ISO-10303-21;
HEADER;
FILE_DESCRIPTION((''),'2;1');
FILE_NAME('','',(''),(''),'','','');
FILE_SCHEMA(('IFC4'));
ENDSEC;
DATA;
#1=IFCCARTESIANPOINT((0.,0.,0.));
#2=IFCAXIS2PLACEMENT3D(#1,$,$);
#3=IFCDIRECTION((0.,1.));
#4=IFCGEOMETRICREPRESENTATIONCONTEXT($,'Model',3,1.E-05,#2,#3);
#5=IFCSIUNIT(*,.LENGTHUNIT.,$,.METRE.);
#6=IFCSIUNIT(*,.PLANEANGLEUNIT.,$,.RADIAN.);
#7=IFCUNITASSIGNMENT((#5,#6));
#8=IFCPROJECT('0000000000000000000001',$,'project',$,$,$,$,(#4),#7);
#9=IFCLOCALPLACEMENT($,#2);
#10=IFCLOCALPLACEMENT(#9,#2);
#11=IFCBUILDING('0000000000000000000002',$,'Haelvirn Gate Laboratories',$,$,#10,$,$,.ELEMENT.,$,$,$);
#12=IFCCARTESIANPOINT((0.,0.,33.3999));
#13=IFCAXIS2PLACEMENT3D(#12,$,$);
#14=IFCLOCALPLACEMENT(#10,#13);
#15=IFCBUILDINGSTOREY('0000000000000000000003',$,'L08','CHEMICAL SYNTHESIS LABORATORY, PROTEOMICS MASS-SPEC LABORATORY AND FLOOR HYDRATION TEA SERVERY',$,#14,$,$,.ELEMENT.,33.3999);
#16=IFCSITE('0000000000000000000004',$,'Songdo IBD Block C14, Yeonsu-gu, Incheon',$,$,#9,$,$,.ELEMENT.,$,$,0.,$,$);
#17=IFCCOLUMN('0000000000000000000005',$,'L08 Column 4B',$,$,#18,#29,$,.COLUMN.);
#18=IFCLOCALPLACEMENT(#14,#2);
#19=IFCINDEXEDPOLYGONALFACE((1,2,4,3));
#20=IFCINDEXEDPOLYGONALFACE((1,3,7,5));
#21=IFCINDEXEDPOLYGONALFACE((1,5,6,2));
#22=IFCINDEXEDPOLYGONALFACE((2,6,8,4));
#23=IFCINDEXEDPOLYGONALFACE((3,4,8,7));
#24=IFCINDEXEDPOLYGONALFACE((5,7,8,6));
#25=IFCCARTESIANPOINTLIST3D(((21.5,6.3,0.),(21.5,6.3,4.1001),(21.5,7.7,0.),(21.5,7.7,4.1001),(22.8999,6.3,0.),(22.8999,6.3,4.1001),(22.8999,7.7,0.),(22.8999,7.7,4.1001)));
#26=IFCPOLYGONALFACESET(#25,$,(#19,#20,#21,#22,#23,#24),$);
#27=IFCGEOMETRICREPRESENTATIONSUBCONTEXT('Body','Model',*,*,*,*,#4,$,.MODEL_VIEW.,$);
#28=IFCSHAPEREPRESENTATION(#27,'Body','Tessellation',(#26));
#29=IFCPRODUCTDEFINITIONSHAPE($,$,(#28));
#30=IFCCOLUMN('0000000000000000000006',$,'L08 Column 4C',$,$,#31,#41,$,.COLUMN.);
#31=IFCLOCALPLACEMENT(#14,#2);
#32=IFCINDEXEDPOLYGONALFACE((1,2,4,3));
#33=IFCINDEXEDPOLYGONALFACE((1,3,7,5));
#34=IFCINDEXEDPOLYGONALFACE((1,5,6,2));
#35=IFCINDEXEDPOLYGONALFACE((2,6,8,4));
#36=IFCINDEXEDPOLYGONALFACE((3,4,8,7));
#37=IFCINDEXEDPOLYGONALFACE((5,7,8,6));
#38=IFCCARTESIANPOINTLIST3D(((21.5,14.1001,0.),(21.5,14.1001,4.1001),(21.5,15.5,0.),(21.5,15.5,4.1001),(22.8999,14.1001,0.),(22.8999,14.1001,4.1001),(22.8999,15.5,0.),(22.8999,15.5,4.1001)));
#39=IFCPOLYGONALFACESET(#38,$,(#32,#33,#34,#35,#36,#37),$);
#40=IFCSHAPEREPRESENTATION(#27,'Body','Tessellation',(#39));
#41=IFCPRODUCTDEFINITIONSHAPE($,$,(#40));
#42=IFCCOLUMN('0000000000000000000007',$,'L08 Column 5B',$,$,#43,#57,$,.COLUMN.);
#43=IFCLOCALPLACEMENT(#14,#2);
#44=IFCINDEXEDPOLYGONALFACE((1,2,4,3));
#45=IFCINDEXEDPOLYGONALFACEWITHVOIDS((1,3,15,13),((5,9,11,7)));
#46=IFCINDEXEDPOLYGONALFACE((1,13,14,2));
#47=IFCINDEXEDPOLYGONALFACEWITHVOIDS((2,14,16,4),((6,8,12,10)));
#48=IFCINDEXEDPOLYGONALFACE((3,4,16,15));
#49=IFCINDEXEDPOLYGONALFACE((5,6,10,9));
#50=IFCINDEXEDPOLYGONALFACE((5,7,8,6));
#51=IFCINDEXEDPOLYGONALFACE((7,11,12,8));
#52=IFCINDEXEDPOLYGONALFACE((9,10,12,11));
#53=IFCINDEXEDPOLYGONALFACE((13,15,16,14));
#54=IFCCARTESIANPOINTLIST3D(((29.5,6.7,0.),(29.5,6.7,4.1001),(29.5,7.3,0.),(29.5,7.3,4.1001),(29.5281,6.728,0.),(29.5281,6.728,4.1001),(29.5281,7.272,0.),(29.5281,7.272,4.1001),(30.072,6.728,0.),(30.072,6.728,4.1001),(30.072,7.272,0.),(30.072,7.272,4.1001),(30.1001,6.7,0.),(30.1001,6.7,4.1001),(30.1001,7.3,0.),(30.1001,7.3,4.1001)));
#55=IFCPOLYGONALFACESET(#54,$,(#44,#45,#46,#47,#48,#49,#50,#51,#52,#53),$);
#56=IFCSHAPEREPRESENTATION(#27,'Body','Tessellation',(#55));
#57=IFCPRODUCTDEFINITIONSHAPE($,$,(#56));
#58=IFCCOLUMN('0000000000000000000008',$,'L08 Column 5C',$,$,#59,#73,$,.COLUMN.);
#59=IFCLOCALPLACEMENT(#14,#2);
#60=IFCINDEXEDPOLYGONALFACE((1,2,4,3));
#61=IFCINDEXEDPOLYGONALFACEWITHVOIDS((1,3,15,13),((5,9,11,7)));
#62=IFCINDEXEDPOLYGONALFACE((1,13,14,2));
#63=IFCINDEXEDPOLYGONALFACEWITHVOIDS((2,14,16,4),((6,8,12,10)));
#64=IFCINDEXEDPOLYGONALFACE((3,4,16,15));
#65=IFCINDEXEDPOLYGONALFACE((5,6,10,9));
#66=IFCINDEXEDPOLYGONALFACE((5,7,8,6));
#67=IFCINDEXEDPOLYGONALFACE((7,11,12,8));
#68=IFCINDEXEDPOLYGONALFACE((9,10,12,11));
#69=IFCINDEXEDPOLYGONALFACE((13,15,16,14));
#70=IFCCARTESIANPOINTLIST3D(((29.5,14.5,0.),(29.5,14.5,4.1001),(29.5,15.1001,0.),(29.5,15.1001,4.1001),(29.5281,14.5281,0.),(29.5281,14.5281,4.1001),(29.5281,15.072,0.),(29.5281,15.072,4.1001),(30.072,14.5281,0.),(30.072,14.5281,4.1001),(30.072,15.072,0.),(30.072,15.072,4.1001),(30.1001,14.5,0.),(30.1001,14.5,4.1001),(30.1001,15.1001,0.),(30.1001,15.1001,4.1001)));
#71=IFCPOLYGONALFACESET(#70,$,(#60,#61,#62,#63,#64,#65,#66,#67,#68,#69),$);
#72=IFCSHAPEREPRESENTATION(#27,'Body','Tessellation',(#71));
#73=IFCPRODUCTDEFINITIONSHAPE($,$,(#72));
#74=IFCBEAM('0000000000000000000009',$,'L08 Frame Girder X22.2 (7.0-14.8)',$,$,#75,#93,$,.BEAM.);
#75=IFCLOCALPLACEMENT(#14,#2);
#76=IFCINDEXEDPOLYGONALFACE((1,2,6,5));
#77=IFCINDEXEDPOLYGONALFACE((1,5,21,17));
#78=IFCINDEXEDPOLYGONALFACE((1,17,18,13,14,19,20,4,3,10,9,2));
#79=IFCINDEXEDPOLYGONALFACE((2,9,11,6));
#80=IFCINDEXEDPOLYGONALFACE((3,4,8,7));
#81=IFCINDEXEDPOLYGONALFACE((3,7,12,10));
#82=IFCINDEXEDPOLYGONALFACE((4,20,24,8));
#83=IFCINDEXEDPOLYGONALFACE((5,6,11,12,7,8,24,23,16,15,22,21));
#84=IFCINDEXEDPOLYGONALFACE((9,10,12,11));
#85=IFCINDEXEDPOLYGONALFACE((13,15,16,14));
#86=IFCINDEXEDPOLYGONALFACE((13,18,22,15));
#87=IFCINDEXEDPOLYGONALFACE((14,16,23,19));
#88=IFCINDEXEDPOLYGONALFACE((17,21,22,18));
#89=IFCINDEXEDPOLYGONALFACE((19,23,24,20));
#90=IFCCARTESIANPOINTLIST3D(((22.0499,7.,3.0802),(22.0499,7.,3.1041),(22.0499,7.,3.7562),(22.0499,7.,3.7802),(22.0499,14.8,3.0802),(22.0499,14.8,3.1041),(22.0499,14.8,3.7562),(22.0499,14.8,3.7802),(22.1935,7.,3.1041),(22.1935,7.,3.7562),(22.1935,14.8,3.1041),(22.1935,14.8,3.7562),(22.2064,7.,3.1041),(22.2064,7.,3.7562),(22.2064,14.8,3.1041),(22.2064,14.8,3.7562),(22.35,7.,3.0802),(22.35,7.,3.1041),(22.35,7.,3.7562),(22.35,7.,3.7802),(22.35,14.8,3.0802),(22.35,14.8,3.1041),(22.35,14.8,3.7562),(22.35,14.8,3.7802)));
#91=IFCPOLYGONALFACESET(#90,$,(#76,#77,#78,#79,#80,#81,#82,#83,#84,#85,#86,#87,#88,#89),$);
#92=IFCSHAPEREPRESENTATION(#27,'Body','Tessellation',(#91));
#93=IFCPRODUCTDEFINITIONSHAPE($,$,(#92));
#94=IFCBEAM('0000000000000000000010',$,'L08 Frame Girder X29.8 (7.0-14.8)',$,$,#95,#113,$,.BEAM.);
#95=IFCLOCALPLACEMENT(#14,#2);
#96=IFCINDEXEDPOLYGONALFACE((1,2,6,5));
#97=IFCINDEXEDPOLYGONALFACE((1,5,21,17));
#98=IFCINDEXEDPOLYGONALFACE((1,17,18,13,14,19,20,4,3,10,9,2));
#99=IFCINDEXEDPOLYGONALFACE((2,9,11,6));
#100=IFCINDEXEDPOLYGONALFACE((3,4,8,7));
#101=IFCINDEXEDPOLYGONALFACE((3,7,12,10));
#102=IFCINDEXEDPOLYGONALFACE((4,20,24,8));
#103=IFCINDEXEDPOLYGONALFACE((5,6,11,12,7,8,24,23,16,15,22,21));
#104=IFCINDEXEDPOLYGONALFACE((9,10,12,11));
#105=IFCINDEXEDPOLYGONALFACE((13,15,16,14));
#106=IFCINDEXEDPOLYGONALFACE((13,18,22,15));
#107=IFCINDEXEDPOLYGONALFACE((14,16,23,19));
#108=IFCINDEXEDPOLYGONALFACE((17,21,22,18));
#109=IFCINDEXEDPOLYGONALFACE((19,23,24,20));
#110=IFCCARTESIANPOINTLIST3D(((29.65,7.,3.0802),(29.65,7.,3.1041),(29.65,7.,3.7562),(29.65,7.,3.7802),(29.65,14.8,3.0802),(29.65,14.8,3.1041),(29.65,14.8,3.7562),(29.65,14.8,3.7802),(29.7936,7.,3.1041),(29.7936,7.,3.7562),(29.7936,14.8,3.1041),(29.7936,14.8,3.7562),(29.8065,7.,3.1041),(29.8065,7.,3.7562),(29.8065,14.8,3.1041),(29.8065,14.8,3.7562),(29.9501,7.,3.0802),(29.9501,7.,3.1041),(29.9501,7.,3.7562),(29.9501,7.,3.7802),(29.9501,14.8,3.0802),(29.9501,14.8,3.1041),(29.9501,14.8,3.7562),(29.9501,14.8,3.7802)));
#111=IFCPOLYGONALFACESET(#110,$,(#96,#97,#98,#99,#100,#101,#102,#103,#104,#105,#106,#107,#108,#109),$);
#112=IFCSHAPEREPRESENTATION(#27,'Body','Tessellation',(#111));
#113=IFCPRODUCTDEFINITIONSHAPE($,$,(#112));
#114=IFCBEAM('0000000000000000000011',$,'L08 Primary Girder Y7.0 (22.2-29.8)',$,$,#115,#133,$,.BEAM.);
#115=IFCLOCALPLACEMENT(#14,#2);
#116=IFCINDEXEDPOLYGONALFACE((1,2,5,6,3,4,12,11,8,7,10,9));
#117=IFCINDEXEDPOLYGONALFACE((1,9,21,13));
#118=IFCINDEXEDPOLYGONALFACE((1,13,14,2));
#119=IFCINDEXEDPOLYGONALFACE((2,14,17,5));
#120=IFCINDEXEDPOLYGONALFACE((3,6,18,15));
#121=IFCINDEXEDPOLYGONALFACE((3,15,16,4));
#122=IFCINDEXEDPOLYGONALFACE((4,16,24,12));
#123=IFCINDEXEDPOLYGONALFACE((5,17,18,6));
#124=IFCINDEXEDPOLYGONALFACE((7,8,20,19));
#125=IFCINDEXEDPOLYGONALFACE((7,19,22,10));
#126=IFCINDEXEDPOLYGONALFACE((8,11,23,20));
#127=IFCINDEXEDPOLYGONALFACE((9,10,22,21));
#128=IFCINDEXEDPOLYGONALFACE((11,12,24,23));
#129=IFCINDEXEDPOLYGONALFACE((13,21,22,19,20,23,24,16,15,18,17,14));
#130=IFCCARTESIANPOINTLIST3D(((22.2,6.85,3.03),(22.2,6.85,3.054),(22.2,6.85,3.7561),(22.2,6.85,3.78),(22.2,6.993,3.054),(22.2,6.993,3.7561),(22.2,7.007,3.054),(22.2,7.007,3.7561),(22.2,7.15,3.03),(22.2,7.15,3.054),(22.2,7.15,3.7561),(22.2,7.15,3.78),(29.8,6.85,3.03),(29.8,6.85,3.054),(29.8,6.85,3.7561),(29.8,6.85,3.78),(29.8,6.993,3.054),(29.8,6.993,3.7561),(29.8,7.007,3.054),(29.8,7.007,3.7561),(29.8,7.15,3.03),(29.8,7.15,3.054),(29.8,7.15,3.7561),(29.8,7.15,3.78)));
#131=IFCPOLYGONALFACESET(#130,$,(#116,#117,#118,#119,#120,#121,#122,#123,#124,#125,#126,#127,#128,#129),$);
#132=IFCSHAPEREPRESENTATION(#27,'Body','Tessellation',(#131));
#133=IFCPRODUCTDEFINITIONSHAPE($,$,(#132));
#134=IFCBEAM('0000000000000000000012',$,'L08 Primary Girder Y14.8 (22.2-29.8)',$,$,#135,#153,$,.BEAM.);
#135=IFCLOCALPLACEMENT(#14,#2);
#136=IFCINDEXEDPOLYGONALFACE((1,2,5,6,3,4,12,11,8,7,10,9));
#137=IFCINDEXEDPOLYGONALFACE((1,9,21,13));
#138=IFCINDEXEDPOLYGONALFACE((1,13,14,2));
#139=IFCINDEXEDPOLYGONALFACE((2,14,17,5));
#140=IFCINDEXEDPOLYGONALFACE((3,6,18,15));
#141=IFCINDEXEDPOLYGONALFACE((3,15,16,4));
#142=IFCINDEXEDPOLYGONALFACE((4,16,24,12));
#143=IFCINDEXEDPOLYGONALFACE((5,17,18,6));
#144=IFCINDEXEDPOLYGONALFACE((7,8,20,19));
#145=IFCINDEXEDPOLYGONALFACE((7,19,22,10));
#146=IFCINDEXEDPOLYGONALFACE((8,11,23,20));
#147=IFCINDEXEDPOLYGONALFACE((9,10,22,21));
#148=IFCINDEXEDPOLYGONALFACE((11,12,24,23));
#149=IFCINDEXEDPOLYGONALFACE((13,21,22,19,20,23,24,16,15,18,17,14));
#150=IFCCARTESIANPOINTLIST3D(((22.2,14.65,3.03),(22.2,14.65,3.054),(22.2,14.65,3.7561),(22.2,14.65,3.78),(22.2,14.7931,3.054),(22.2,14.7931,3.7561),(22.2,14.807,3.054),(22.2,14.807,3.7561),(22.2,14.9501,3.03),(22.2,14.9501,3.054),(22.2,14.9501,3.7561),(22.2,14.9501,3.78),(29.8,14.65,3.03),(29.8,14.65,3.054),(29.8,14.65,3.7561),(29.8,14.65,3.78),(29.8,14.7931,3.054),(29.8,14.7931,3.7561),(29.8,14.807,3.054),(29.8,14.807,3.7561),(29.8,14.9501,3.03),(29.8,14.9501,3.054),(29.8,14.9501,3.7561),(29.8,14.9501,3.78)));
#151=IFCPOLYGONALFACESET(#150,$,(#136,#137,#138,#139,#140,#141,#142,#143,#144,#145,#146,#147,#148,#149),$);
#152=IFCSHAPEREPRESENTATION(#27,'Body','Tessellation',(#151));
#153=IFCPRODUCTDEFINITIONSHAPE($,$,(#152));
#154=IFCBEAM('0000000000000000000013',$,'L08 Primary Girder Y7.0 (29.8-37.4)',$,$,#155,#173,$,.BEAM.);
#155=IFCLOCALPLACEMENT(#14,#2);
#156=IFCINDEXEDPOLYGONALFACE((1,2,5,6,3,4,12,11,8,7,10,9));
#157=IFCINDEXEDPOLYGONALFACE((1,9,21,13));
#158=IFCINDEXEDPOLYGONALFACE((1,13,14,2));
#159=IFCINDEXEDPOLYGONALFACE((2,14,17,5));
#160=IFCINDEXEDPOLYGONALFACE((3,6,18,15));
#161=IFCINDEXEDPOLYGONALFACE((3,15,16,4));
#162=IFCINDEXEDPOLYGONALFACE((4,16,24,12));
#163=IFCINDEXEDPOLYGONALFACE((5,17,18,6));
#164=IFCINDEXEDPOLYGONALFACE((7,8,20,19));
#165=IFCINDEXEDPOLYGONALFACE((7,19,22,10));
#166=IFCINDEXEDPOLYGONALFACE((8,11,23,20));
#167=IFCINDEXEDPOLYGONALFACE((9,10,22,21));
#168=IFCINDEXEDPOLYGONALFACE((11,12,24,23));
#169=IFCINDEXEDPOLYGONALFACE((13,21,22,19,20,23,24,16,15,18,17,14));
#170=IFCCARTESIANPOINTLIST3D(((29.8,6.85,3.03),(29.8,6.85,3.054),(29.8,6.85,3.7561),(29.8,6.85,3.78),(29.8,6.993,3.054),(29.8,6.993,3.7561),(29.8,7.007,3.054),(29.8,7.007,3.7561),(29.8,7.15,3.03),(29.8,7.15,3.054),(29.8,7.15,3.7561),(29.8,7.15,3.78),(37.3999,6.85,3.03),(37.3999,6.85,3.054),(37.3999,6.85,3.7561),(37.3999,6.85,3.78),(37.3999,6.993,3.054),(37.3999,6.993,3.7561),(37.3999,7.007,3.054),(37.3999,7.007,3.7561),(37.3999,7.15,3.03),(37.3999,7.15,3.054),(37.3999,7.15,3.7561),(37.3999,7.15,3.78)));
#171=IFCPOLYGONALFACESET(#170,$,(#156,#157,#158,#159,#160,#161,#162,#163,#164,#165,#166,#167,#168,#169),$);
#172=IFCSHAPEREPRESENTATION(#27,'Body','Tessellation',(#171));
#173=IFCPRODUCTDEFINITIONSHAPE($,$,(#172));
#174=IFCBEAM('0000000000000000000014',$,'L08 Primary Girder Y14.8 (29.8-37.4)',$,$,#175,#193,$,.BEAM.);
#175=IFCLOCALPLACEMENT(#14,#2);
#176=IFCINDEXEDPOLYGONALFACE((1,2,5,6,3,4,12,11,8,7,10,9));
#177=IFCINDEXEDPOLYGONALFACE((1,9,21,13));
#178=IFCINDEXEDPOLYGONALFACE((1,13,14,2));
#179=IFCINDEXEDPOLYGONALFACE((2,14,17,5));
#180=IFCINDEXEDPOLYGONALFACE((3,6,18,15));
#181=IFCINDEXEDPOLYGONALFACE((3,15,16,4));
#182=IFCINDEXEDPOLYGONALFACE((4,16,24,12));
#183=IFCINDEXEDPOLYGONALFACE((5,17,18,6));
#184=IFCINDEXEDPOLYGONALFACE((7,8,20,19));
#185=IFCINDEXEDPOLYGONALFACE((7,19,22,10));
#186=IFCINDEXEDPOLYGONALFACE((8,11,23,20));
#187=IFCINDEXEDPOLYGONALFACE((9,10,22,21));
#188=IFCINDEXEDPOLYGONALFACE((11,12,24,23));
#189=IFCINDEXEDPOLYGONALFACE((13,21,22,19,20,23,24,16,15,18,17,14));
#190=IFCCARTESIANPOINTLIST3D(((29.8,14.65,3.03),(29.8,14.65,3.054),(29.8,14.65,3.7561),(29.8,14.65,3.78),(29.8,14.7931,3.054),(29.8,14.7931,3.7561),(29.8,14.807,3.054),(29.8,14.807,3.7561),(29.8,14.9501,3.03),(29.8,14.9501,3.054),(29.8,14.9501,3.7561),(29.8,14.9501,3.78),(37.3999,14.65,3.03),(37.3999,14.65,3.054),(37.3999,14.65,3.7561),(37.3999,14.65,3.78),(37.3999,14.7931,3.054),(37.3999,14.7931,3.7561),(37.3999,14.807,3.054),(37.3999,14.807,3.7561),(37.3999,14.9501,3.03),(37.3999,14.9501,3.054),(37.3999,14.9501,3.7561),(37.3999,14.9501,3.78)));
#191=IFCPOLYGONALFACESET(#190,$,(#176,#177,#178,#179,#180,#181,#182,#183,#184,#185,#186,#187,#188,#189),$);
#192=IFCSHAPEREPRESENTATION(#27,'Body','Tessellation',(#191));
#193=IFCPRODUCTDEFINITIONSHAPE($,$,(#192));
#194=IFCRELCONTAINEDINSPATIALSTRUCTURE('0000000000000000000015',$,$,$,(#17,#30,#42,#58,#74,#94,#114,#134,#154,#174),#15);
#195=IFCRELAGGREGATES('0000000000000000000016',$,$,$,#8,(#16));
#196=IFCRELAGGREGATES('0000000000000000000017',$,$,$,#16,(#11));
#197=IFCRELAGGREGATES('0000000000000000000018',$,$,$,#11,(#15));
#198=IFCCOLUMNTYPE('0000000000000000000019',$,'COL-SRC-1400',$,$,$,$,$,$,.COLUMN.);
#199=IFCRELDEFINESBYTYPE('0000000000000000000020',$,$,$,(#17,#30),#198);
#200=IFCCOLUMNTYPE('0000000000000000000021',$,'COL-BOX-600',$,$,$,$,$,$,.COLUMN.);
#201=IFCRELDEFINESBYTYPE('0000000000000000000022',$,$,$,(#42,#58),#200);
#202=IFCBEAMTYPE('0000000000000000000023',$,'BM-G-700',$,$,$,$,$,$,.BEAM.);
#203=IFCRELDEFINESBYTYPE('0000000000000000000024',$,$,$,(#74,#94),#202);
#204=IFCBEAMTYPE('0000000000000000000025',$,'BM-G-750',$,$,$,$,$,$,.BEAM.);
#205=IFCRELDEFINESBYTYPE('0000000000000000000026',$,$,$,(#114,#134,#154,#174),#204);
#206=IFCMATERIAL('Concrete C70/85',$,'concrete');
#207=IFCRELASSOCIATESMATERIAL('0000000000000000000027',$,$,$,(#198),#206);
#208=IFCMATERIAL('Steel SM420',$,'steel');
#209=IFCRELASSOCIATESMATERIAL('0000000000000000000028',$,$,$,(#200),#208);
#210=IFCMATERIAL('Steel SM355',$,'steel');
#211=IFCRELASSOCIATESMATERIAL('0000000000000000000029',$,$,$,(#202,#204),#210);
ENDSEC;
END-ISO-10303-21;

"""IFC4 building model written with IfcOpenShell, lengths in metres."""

from ifc_helpers import new_model, si_unit, direction, frame, origin, origin_2d, place, context, subcontext, project, spatial, rectangle, hollow_rectangle, i_section, extrude, source, transform, mapped, material, material_profile, profile_set, type_object, type_shapes, element, save


model = new_model("IFC4")

# Units and contexts
model_context = context("Model", 3, precision=1e-05, world=origin(), true_north=direction((0.0, 1.0)))
body_context = subcontext(model_context, "Body", "Model", "MODEL_VIEW")
ifc_project = project(units=[si_unit("LENGTHUNIT", "METRE"), si_unit("PLANEANGLEUNIT", "RADIAN")], contexts=[model_context])

# Site, building, storey
site_placement = place(None, origin())
site = spatial("IfcSite", under=ifc_project, at=site_placement, Name="Songdo IBD Block C14, Yeonsu-gu, Incheon", CompositionType="ELEMENT", RefElevation=0.0)
building_placement = place(site_placement, origin())
building = spatial("IfcBuilding", under=site, at=building_placement, Name="Haelvirn Gate Laboratories", CompositionType="ELEMENT")
storey_placement = place(building_placement, frame((0.0, 0.0, 33.3999)))
storey = spatial("IfcBuildingStorey", under=building, at=storey_placement, Name="L08", Description="CHEMICAL SYNTHESIS LABORATORY, PROTEOMICS MASS-SPEC LABORATORY AND FLOOR HYDRATION TEA SERVERY", CompositionType="ELEMENT", Elevation=33.3999)

# Columns
ifc_material_1 = material(Name="Concrete C70/85", Category="concrete")
ifc_material_profile_1 = material_profile(ifc_material_1, rectangle(XDim=1.3999, YDim=1.3999, at=origin_2d()), Name="SRC-1400x1400")
ifc_profile_set_1 = profile_set([ifc_material_profile_1], Name="Concrete C70/85")
column_type_1 = type_object("IfcColumnType", Name="COL-SRC-1400", PredefinedType="COLUMN", material=ifc_profile_set_1)
shared_shape_1 = source(origin(), body_context, "Body", "SweptSolid", [
    extrude(rectangle(XDim=1.3999, YDim=1.3999, at=origin_2d()), origin(), (0.0, 0.0, 1.0), 4.1001),
])
type_shapes(column_type_1, [shared_shape_1])
for number, where, z_axis, x_axis, name in (
    (1, (22.2, 7.0, 0.0), (0.0, 0.0, 1.0), (1.0, 0.0, 0.0), "L08 Column 4B"),
    (2, (22.2, 14.8, 0.0), (0.0, 0.0, 1.0), (1.0, 0.0, 0.0), "L08 Column 4C"),
):
    element("IfcColumn", number, at=place(storey_placement, frame(where, z_axis=z_axis, x_axis=x_axis)), inside=storey, type_object=column_type_1, Name=name, PredefinedType="COLUMN", context=body_context, shape_type="MappedRepresentation", body=[
        mapped(shared_shape_1, transform((0.0, 0.0, 0.0), scale=1.0)),
    ])
ifc_material_2 = material(Name="Steel SM420", Category="steel")
ifc_material_profile_2 = material_profile(ifc_material_2, hollow_rectangle(XDim=0.6001, YDim=0.6001, WallThickness=0.0281, at=origin_2d()), Name="BOX-600x600x28")
ifc_profile_set_2 = profile_set([ifc_material_profile_2], Name="Steel SM420")
column_type_2 = type_object("IfcColumnType", Name="COL-BOX-600", PredefinedType="COLUMN", material=ifc_profile_set_2)
shared_shape_2 = source(origin(), body_context, "Body", "SweptSolid", [
    extrude(hollow_rectangle(XDim=0.6001, YDim=0.6001, WallThickness=0.0281, at=origin_2d()), origin(), (0.0, 0.0, 1.0), 4.1001),
])
type_shapes(column_type_2, [shared_shape_2])
for number, where, z_axis, x_axis, name in (
    (3, (29.8, 7.0, 0.0), (0.0, 0.0, 1.0), (1.0, 0.0, 0.0), "L08 Column 5B"),
    (4, (29.8, 14.8, 0.0), (0.0, 0.0, 1.0), (1.0, 0.0, 0.0), "L08 Column 5C"),
):
    element("IfcColumn", number, at=place(storey_placement, frame(where, z_axis=z_axis, x_axis=x_axis)), inside=storey, type_object=column_type_2, Name=name, PredefinedType="COLUMN", context=body_context, shape_type="MappedRepresentation", body=[
        mapped(shared_shape_2, transform((0.0, 0.0, 0.0), scale=1.0)),
    ])

# Beams
ifc_material_3 = material(Name="Steel SM355", Category="steel")
ifc_material_profile_3 = material_profile(ifc_material_3, i_section(OverallWidth=0.3, OverallDepth=0.7, WebThickness=0.0129, FlangeThickness=0.0239, at=origin_2d()), Name="H-700x300x13x24")
ifc_profile_set_3 = profile_set([ifc_material_profile_3], Name="Steel SM355")
beam_type_1 = type_object("IfcBeamType", Name="BM-G-700", PredefinedType="BEAM", material=ifc_profile_set_3)
shared_shape_3 = source(origin(), body_context, "Body", "SweptSolid", [
    extrude(i_section(OverallWidth=0.3, OverallDepth=0.7, WebThickness=0.0129, FlangeThickness=0.0239, at=origin_2d()), origin(), (0.0, 0.0, 1.0), 7.8),
])
type_shapes(beam_type_1, [shared_shape_3])
for number, where, z_axis, x_axis, name in (
    (5, (22.2, 7.0, 3.4302), (0.0, 1.0, 0.0), (-1.0, 0.0, 0.0), "L08 Frame Girder X22.2 (7.0-14.8)"),
    (6, (29.8, 7.0, 3.4302), (0.0, 1.0, 0.0), (-1.0, 0.0, 0.0), "L08 Frame Girder X29.8 (7.0-14.8)"),
):
    element("IfcBeam", number, at=place(storey_placement, frame(where, z_axis=z_axis, x_axis=x_axis)), inside=storey, type_object=beam_type_1, Name=name, PredefinedType="BEAM", context=body_context, shape_type="MappedRepresentation", body=[
        mapped(shared_shape_3, transform((0.0, 0.0, 0.0), scale=1.0)),
    ])
ifc_material_profile_4 = material_profile(ifc_material_3, i_section(OverallWidth=0.3, OverallDepth=0.75, WebThickness=0.0139, FlangeThickness=0.0239, at=origin_2d()), Name="H-750x300x14x24")
ifc_profile_set_4 = profile_set([ifc_material_profile_4], Name="Steel SM355")
beam_type_2 = type_object("IfcBeamType", Name="BM-G-750", PredefinedType="BEAM", material=ifc_profile_set_4)
shared_shape_4 = source(origin(), body_context, "Body", "SweptSolid", [
    extrude(i_section(OverallWidth=0.3, OverallDepth=0.75, WebThickness=0.0139, FlangeThickness=0.0239, at=origin_2d()), origin(), (0.0, 0.0, 1.0), 7.6001),
])
for number, where, z_axis, x_axis, name in (
    (7, (22.2, 7.0, 3.405), (1.0, 0.0, 0.0), (0.0, 1.0, 0.0), "L08 Primary Girder Y7.0 (22.2-29.8)"),
    (8, (22.2, 14.8, 3.405), (1.0, 0.0, 0.0), (0.0, 1.0, 0.0), "L08 Primary Girder Y14.8 (22.2-29.8)"),
):
    element("IfcBeam", number, at=place(storey_placement, frame(where, z_axis=z_axis, x_axis=x_axis)), inside=storey, type_object=beam_type_2, Name=name, PredefinedType="BEAM", context=body_context, shape_type="MappedRepresentation", body=[
        mapped(shared_shape_4, transform((0.0, 0.0, 0.0), scale=1.0)),
    ])
shared_shape_5 = source(origin(), body_context, "Body", "SweptSolid", [
    extrude(i_section(OverallWidth=0.3, OverallDepth=0.75, WebThickness=0.0139, FlangeThickness=0.0239, at=origin_2d()), origin(), (0.0, 0.0, 1.0), 7.5999),
])
type_shapes(beam_type_2, [shared_shape_4, shared_shape_5])
for number, where, z_axis, x_axis, name in (
    (9, (29.8, 7.0, 3.405), (1.0, 0.0, 0.0), (0.0, 1.0, 0.0), "L08 Primary Girder Y7.0 (29.8-37.4)"),
    (10, (29.8, 14.8, 3.405), (1.0, 0.0, 0.0), (0.0, 1.0, 0.0), "L08 Primary Girder Y14.8 (29.8-37.4)"),
):
    element("IfcBeam", number, at=place(storey_placement, frame(where, z_axis=z_axis, x_axis=x_axis)), inside=storey, type_object=beam_type_2, Name=name, PredefinedType="BEAM", context=body_context, shape_type="MappedRepresentation", body=[
        mapped(shared_shape_5, transform((0.0, 0.0, 0.0), scale=1.0)),
    ])

save(model, "model.ifc")
